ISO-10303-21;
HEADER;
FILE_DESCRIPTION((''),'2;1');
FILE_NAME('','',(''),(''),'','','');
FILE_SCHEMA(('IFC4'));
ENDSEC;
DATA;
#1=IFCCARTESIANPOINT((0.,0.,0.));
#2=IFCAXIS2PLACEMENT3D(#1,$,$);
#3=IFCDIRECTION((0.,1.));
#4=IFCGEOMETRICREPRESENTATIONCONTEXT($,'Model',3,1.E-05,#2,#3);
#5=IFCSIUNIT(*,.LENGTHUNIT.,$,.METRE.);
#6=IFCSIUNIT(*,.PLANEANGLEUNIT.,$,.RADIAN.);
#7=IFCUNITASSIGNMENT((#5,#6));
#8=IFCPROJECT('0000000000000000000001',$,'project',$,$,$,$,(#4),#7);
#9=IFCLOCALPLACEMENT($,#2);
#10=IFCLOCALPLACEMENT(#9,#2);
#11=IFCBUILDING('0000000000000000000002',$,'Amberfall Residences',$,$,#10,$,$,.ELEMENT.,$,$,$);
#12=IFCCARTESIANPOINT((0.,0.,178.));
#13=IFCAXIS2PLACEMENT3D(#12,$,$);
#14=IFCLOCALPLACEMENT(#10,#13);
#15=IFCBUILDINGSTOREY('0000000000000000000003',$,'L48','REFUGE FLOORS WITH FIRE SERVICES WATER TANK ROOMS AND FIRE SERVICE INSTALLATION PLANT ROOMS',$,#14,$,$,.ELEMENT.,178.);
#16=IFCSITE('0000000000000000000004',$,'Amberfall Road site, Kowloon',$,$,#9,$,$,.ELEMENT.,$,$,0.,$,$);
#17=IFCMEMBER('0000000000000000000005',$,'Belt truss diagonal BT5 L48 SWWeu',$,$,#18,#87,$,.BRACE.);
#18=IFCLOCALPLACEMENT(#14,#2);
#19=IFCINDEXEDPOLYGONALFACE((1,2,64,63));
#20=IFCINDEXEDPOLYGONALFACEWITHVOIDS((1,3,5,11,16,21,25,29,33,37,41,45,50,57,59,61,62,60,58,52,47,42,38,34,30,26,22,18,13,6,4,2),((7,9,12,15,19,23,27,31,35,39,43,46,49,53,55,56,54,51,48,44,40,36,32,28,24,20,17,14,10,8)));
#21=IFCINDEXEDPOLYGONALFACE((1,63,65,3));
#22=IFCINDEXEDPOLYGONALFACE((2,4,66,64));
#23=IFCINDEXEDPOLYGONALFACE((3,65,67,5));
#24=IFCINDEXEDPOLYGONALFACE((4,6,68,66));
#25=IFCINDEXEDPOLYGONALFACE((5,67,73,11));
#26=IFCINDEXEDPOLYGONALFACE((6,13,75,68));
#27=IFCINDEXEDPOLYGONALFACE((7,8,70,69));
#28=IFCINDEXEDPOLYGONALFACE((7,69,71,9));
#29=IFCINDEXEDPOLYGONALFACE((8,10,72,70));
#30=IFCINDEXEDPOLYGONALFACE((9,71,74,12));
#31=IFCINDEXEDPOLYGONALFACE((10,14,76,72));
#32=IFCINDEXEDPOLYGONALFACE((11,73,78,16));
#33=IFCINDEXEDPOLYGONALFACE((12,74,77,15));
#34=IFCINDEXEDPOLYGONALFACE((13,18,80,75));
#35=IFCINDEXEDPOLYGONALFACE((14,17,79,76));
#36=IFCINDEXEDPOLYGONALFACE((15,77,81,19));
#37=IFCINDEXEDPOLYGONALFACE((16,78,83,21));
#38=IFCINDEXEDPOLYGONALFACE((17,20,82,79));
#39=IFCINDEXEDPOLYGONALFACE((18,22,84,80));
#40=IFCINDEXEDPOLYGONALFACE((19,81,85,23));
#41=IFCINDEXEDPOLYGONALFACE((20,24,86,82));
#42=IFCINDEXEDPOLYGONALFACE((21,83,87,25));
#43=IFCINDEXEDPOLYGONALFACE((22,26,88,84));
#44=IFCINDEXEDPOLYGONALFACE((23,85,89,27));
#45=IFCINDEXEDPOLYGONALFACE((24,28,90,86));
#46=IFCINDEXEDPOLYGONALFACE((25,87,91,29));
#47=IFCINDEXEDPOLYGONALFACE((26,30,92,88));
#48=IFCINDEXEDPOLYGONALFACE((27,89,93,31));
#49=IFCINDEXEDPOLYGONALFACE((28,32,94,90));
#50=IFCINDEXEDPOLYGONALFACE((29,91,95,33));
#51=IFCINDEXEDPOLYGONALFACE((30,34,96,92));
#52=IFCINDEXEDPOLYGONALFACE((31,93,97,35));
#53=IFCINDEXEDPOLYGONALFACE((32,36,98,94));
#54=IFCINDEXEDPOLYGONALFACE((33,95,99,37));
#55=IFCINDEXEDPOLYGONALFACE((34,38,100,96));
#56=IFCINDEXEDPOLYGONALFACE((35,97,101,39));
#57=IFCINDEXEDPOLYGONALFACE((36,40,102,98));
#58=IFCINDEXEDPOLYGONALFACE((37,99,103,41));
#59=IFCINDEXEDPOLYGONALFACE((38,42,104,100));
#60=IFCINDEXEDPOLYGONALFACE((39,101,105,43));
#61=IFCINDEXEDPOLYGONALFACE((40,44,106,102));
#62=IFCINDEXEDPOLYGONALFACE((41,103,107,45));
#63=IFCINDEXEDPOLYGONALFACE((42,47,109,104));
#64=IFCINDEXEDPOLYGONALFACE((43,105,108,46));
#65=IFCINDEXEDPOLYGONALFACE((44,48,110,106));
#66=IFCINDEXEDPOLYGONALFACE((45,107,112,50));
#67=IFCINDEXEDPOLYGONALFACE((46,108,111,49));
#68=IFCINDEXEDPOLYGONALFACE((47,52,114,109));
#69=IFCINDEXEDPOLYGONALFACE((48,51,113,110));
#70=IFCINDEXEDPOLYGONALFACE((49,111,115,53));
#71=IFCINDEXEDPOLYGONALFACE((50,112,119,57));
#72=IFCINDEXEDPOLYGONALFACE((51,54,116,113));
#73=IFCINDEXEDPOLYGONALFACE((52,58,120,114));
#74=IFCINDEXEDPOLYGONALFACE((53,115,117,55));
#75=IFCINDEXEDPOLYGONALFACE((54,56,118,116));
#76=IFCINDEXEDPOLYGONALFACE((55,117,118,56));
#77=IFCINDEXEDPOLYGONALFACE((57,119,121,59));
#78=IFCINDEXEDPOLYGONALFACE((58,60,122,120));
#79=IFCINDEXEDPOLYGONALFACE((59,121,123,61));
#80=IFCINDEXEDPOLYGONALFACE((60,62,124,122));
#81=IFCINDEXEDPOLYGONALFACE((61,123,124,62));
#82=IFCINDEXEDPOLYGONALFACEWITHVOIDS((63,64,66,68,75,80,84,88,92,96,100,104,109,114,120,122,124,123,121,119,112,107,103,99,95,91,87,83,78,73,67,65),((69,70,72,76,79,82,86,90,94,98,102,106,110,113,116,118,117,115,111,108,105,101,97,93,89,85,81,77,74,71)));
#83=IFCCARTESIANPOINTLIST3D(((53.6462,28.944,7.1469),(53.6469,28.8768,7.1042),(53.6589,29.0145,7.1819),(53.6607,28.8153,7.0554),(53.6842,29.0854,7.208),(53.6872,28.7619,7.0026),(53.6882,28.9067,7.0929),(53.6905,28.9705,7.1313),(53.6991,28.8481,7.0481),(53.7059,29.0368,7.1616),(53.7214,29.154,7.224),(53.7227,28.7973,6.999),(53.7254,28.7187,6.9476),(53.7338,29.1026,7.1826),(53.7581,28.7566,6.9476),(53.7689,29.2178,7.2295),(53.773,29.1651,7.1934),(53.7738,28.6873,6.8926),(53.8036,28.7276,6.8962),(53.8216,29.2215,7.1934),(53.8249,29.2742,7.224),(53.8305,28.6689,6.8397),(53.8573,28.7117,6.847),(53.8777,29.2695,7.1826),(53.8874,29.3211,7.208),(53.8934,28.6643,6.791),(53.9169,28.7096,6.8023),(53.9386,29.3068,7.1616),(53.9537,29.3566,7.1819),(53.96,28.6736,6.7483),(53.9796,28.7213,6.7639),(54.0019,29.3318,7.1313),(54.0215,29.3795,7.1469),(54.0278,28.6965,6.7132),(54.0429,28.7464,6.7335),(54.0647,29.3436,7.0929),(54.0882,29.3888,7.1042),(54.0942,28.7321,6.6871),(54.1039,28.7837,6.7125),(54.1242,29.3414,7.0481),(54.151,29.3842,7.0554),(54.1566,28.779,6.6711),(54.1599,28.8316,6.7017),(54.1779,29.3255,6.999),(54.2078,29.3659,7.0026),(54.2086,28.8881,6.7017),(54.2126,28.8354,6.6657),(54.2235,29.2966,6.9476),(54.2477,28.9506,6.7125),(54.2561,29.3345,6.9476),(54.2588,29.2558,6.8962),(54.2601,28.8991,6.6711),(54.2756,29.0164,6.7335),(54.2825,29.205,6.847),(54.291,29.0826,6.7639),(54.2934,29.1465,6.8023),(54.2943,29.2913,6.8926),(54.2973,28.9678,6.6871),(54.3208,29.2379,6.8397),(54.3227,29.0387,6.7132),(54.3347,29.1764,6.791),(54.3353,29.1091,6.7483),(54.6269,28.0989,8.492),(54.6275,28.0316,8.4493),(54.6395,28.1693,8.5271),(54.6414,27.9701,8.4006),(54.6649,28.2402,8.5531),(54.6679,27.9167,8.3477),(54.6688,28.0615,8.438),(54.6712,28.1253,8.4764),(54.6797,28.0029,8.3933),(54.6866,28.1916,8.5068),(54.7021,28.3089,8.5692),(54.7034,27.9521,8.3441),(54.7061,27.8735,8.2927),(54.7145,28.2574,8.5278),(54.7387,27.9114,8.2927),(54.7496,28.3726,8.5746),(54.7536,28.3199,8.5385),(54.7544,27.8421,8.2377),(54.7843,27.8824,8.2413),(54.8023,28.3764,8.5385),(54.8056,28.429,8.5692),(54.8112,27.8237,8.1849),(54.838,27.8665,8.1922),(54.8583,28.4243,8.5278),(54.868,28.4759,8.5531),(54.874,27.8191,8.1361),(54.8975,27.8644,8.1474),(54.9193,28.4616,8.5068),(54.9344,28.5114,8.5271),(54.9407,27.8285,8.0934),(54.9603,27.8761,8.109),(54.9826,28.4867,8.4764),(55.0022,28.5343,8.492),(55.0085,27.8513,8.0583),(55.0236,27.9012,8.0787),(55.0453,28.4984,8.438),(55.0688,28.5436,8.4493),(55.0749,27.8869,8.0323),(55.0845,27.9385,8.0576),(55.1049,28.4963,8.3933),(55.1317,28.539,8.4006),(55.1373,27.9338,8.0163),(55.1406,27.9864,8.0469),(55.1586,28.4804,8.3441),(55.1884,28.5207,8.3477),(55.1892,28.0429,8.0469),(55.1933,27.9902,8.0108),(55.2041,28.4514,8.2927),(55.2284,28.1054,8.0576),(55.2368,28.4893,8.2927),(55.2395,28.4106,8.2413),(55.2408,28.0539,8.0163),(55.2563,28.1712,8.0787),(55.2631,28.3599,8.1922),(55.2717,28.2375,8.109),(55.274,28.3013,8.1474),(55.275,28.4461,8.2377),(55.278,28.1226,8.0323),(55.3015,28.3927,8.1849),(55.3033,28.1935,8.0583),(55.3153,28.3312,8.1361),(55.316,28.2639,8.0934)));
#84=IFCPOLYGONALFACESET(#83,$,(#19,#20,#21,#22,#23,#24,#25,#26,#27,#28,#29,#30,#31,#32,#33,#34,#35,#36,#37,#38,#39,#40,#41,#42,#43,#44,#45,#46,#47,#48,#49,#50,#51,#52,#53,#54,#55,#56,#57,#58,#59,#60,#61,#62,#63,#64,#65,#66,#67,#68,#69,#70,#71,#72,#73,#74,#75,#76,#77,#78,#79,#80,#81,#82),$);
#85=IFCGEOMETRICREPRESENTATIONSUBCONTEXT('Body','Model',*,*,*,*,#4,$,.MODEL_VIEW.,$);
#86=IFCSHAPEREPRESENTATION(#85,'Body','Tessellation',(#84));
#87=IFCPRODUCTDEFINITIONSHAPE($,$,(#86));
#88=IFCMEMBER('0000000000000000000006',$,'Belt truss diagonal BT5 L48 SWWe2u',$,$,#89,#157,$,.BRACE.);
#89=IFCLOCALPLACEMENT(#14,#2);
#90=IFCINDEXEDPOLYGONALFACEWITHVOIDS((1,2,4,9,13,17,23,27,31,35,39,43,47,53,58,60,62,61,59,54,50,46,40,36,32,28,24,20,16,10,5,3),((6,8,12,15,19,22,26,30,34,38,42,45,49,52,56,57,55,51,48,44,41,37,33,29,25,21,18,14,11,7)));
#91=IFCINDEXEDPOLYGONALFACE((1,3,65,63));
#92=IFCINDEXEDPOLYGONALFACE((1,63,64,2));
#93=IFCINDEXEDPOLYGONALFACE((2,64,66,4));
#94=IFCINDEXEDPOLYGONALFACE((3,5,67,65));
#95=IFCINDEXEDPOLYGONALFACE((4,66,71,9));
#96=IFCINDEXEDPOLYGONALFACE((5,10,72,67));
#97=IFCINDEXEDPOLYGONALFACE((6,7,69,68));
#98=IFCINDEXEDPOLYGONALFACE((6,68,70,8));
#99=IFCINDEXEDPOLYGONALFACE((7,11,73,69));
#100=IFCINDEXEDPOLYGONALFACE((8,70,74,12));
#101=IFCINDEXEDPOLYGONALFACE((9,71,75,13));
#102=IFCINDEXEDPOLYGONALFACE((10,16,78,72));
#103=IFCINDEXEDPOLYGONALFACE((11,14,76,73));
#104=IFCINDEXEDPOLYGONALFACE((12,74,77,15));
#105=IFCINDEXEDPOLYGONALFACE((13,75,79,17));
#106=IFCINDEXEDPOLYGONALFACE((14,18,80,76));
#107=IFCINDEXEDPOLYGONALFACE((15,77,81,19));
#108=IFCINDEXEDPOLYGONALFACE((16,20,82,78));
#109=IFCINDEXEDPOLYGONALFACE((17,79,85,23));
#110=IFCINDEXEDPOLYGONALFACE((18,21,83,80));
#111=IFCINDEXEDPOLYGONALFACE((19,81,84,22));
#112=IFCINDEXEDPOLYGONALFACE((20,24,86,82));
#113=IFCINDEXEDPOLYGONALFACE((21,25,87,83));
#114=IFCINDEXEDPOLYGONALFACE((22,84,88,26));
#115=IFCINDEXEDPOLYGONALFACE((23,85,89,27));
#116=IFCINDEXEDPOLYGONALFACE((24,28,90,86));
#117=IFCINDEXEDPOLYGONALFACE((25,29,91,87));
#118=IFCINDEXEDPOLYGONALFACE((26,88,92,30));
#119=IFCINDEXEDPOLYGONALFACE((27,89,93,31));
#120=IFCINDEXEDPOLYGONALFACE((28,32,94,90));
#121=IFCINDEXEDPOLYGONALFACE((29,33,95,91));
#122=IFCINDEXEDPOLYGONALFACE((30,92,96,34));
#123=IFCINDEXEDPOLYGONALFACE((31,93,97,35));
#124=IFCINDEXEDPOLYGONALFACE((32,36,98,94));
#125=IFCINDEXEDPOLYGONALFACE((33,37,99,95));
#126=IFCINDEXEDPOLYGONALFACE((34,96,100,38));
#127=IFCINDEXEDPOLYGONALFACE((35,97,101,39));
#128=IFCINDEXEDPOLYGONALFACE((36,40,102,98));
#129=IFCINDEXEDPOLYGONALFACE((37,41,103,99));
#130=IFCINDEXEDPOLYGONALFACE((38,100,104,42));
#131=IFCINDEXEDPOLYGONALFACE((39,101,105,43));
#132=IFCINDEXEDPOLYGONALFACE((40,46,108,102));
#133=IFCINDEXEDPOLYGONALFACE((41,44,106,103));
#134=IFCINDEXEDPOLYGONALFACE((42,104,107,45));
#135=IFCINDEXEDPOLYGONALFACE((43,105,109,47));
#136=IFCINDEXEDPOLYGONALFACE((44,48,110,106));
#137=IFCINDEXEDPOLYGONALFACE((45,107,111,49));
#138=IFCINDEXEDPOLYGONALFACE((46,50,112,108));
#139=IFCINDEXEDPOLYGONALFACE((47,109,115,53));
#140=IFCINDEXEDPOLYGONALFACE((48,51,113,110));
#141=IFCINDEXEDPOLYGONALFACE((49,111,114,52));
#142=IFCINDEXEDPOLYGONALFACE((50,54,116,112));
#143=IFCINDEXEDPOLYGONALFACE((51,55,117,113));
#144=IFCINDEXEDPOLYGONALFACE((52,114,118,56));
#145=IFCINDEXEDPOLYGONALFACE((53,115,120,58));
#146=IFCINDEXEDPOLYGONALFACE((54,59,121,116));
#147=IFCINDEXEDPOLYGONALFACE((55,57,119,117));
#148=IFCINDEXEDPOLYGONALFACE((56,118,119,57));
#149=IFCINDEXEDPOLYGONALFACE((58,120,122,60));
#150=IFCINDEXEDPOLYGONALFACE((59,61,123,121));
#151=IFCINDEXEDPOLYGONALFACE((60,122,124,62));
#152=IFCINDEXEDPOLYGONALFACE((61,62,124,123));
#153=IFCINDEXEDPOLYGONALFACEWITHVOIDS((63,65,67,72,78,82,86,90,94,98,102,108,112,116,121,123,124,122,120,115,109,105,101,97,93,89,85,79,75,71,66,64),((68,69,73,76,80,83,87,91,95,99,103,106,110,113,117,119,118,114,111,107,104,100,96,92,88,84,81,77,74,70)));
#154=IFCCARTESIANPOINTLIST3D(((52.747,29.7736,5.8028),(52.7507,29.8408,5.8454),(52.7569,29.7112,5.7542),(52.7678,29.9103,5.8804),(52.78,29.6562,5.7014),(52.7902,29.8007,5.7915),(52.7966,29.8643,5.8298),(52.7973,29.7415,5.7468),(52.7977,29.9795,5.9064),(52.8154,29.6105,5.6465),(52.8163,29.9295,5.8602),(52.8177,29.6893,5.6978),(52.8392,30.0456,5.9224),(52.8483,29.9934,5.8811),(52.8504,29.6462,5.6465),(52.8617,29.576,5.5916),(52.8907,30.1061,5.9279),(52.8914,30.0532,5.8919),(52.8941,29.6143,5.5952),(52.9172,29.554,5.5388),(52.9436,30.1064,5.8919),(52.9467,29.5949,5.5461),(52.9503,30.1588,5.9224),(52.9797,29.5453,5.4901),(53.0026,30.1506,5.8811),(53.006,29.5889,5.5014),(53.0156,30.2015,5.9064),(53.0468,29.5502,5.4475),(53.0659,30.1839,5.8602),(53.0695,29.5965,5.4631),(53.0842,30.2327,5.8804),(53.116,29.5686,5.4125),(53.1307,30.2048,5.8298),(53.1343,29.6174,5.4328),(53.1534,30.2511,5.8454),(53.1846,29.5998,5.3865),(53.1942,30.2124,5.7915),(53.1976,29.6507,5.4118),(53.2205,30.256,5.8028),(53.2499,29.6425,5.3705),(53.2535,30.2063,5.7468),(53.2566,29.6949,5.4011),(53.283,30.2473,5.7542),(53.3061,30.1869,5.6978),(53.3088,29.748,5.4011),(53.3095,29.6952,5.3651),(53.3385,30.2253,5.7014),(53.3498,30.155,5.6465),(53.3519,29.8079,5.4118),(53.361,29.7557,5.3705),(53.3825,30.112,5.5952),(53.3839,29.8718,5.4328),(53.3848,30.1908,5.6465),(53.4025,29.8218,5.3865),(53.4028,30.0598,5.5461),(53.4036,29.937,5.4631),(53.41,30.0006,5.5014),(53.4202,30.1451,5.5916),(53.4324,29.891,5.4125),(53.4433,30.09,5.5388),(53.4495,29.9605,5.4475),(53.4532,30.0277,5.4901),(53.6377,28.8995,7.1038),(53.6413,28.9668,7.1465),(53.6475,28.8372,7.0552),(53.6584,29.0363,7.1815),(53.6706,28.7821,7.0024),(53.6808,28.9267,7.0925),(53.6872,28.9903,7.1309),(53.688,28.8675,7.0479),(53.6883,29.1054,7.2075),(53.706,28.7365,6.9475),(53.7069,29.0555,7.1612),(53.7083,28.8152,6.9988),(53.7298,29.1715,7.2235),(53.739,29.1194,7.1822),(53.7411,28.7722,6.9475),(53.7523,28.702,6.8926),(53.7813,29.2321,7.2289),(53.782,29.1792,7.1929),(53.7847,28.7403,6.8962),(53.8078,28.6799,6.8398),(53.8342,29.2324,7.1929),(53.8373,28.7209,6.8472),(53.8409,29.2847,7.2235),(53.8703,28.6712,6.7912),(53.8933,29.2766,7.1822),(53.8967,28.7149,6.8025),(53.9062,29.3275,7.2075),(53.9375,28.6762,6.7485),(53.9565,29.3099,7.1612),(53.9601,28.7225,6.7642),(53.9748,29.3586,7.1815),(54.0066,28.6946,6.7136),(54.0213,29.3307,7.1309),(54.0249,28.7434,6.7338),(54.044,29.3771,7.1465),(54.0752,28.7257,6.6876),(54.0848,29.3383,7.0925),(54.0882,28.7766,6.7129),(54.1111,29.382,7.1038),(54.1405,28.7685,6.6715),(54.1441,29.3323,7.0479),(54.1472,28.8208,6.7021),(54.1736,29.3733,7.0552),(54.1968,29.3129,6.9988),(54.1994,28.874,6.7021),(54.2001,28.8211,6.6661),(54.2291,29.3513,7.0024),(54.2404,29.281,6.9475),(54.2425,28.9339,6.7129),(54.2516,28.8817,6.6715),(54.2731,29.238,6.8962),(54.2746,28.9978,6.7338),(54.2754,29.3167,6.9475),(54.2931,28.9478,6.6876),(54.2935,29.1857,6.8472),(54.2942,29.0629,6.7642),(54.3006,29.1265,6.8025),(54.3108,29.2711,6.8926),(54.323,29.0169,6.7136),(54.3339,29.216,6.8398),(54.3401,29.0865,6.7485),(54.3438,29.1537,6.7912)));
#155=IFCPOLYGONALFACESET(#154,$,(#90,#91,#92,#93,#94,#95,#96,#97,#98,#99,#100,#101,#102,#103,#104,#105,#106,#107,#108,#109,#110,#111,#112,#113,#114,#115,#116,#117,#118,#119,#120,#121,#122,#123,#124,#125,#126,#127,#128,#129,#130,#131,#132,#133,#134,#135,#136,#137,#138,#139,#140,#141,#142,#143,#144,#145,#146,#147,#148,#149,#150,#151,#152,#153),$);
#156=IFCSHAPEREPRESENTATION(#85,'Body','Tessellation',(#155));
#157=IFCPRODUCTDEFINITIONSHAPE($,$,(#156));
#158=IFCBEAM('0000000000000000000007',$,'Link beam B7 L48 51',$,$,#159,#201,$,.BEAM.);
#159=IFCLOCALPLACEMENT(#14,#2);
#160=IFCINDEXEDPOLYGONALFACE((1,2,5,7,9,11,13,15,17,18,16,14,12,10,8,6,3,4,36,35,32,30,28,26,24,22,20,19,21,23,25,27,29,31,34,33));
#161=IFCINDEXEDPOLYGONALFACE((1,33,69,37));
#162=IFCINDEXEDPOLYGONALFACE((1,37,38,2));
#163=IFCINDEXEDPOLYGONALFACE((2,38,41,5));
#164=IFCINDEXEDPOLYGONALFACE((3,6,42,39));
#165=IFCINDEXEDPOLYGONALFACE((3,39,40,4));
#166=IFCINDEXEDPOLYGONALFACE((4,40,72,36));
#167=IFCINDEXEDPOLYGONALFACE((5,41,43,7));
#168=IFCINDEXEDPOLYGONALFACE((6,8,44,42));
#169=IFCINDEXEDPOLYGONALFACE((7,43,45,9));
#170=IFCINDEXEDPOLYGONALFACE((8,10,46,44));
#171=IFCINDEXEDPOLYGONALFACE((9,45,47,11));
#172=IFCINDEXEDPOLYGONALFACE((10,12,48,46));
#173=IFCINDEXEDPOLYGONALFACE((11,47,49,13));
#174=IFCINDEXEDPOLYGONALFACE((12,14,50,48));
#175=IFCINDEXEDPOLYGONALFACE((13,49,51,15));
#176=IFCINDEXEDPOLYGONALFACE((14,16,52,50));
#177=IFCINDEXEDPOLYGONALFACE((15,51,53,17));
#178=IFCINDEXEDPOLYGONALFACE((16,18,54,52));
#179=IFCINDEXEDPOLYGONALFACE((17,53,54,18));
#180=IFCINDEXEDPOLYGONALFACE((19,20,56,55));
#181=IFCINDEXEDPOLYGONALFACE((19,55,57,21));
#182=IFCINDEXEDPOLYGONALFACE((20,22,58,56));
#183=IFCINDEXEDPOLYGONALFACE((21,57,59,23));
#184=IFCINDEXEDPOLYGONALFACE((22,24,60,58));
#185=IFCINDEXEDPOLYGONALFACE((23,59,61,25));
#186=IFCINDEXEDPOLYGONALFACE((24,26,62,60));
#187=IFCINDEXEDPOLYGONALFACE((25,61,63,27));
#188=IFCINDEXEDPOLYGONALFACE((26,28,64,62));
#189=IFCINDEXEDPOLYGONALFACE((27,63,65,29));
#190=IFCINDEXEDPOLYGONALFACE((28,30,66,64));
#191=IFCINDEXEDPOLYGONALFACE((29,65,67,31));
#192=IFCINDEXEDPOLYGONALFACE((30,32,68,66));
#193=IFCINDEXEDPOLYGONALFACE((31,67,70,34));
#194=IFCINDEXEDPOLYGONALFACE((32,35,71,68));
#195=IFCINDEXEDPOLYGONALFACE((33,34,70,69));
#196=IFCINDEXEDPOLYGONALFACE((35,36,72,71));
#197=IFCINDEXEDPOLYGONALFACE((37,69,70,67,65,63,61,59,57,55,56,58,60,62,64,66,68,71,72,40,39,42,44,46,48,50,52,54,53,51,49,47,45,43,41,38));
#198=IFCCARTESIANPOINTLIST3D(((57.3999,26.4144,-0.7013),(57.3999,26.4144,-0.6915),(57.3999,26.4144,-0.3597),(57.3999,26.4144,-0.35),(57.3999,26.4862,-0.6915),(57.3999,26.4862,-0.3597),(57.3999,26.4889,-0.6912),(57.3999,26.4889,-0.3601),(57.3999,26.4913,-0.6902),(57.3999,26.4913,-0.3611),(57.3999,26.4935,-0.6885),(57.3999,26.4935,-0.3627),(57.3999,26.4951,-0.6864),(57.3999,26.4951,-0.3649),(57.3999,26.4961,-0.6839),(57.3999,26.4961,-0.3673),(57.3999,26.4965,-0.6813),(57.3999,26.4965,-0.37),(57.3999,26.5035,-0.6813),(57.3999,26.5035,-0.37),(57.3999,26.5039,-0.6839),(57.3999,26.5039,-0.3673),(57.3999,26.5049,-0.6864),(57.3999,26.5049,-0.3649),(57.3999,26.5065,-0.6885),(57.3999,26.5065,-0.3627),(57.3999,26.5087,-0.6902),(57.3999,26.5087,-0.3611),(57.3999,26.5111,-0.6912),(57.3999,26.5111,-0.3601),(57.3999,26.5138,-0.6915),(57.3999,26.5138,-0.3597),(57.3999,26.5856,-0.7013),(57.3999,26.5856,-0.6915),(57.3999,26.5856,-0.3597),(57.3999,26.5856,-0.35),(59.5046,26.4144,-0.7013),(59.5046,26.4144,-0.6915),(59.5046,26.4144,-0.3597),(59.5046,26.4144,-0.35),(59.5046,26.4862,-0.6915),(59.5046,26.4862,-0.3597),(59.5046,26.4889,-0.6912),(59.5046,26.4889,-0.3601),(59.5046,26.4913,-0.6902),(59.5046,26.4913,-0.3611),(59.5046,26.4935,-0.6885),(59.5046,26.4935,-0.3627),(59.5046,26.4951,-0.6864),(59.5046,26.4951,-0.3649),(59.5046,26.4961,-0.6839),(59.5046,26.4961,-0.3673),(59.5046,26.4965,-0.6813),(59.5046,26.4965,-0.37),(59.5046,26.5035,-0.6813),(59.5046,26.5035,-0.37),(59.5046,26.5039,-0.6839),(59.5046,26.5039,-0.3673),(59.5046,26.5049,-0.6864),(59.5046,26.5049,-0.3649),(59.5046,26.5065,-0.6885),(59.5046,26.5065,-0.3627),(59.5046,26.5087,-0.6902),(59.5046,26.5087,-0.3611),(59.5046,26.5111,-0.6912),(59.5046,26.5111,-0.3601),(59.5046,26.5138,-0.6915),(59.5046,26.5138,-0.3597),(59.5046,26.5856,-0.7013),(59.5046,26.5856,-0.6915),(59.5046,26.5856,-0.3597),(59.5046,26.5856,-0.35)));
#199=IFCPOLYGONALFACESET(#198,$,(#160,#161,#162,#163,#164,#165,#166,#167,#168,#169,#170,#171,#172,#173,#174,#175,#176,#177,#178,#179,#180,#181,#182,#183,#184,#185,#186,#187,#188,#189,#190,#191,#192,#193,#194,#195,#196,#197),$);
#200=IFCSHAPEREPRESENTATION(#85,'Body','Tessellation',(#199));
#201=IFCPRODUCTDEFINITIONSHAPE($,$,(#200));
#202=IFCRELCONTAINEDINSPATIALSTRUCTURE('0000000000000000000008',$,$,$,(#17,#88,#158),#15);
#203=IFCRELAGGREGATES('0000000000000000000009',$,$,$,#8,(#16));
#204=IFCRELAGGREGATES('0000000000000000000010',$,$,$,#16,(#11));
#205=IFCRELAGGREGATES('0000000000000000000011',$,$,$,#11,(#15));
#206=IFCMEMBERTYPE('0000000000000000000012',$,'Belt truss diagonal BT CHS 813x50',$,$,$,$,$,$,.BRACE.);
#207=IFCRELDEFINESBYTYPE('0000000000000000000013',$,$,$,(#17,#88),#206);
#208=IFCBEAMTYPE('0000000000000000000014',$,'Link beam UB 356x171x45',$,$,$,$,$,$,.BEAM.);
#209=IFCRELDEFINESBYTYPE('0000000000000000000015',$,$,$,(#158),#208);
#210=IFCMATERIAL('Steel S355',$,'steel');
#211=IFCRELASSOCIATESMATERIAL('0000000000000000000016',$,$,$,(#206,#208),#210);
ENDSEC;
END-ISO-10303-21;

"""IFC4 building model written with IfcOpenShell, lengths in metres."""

from ifc_helpers import new_model, si_unit, direction, frame, origin, origin_2d, place, context, subcontext, project, spatial, hollow_circle, i_section, extrude, material, material_profile, profile_set, type_object, element, save


model = new_model("IFC4")

# Units and contexts
model_context = context("Model", 3, precision=1e-05, world=origin(), true_north=direction((0.0, 1.0)))
body_context = subcontext(model_context, "Body", "Model", "MODEL_VIEW")
ifc_project = project(units=[si_unit("LENGTHUNIT", "METRE"), si_unit("PLANEANGLEUNIT", "RADIAN")], contexts=[model_context])

# Site, building, storey
site_placement = place(None, origin())
site = spatial("IfcSite", under=ifc_project, at=site_placement, Name="Amberfall Road site, Kowloon", CompositionType="ELEMENT", RefElevation=0.0)
building_placement = place(site_placement, origin())
building = spatial("IfcBuilding", under=site, at=building_placement, Name="Amberfall Residences", CompositionType="ELEMENT")
storey_placement = place(building_placement, frame((0.0, 0.0, 178.0)))
storey = spatial("IfcBuildingStorey", under=building, at=storey_placement, Name="L48", Description="REFUGE FLOORS WITH FIRE SERVICES WATER TANK ROOMS AND FIRE SERVICE INSTALLATION PLANT ROOMS", CompositionType="ELEMENT", Elevation=178.0)

# Shared definitions
ifc_material_1 = material(Name="Steel S355", Category="steel")

# Members
ifc_material_profile_1 = material_profile(ifc_material_1, hollow_circle(Radius=0.4065, WallThickness=0.05, at=origin_2d()), Name="CHS 813x50")
ifc_profile_set_1 = profile_set([ifc_material_profile_1], Name="Steel S355")
member_type = type_object("IfcMemberType", Name="Belt truss diagonal BT CHS 813x50", PredefinedType="BRACE", material=ifc_profile_set_1)
member_1_placement = place(storey_placement, frame((54.9714, 28.1814, 8.2927), z_axis=(-0.525281, 0.452706, -0.720512), x_axis=(-0.652839, -0.757497, 0.0)))
element("IfcMember", 1, at=member_1_placement, inside=storey, type_object=member_type, Name="Belt truss diagonal BT5 L48 SWWeu", PredefinedType="BRACE", context=body_context, shape_type="SweptSolid", body=[
    extrude(hollow_circle(Radius=0.4065, WallThickness=0.05, at=origin_2d()), origin(), (0.0, 0.0, 1.0), 1.8669),
])
member_2_placement = place(storey_placement, frame((53.9907, 29.0266, 6.9475), z_axis=(-0.494045, 0.484836, -0.721702), x_axis=(-0.700423, -0.713728, 0.0)))
element("IfcMember", 2, at=member_2_placement, inside=storey, type_object=member_type, Name="Belt truss diagonal BT5 L48 SWWe2u", PredefinedType="BRACE", context=body_context, shape_type="SweptSolid", body=[
    extrude(hollow_circle(Radius=0.4065, WallThickness=0.05, at=origin_2d()), origin(), (0.0, 0.0, 1.0), 1.8027),
])

# Beam
ifc_material_profile_2 = material_profile(ifc_material_1, i_section(OverallWidth=0.1711, OverallDepth=0.3513, WebThickness=0.0071, FlangeThickness=0.0098, FilletRadius=0.0103, at=origin_2d()), Name="UB 356x171x45")
ifc_profile_set_2 = profile_set([ifc_material_profile_2], Name="Steel S355")
beam_type_1 = type_object("IfcBeamType", Name="Link beam UB 356x171x45", PredefinedType="BEAM", material=ifc_profile_set_2)
beam_1_placement = place(storey_placement, frame((57.3999, 26.5, -0.5256), z_axis=(1.0, 0.0, 0.0), x_axis=(0.0, 1.0, 0.0)))
element("IfcBeam", 3, at=beam_1_placement, inside=storey, type_object=beam_type_1, Name="Link beam B7 L48 51", PredefinedType="BEAM", context=body_context, shape_type="SweptSolid", body=[
    extrude(i_section(OverallWidth=0.1711, OverallDepth=0.3513, WebThickness=0.0071, FlangeThickness=0.0098, FilletRadius=0.0103, at=origin_2d()), origin(), (0.0, 0.0, 1.0), 2.1047),
])

save(model, "model.ifc")
